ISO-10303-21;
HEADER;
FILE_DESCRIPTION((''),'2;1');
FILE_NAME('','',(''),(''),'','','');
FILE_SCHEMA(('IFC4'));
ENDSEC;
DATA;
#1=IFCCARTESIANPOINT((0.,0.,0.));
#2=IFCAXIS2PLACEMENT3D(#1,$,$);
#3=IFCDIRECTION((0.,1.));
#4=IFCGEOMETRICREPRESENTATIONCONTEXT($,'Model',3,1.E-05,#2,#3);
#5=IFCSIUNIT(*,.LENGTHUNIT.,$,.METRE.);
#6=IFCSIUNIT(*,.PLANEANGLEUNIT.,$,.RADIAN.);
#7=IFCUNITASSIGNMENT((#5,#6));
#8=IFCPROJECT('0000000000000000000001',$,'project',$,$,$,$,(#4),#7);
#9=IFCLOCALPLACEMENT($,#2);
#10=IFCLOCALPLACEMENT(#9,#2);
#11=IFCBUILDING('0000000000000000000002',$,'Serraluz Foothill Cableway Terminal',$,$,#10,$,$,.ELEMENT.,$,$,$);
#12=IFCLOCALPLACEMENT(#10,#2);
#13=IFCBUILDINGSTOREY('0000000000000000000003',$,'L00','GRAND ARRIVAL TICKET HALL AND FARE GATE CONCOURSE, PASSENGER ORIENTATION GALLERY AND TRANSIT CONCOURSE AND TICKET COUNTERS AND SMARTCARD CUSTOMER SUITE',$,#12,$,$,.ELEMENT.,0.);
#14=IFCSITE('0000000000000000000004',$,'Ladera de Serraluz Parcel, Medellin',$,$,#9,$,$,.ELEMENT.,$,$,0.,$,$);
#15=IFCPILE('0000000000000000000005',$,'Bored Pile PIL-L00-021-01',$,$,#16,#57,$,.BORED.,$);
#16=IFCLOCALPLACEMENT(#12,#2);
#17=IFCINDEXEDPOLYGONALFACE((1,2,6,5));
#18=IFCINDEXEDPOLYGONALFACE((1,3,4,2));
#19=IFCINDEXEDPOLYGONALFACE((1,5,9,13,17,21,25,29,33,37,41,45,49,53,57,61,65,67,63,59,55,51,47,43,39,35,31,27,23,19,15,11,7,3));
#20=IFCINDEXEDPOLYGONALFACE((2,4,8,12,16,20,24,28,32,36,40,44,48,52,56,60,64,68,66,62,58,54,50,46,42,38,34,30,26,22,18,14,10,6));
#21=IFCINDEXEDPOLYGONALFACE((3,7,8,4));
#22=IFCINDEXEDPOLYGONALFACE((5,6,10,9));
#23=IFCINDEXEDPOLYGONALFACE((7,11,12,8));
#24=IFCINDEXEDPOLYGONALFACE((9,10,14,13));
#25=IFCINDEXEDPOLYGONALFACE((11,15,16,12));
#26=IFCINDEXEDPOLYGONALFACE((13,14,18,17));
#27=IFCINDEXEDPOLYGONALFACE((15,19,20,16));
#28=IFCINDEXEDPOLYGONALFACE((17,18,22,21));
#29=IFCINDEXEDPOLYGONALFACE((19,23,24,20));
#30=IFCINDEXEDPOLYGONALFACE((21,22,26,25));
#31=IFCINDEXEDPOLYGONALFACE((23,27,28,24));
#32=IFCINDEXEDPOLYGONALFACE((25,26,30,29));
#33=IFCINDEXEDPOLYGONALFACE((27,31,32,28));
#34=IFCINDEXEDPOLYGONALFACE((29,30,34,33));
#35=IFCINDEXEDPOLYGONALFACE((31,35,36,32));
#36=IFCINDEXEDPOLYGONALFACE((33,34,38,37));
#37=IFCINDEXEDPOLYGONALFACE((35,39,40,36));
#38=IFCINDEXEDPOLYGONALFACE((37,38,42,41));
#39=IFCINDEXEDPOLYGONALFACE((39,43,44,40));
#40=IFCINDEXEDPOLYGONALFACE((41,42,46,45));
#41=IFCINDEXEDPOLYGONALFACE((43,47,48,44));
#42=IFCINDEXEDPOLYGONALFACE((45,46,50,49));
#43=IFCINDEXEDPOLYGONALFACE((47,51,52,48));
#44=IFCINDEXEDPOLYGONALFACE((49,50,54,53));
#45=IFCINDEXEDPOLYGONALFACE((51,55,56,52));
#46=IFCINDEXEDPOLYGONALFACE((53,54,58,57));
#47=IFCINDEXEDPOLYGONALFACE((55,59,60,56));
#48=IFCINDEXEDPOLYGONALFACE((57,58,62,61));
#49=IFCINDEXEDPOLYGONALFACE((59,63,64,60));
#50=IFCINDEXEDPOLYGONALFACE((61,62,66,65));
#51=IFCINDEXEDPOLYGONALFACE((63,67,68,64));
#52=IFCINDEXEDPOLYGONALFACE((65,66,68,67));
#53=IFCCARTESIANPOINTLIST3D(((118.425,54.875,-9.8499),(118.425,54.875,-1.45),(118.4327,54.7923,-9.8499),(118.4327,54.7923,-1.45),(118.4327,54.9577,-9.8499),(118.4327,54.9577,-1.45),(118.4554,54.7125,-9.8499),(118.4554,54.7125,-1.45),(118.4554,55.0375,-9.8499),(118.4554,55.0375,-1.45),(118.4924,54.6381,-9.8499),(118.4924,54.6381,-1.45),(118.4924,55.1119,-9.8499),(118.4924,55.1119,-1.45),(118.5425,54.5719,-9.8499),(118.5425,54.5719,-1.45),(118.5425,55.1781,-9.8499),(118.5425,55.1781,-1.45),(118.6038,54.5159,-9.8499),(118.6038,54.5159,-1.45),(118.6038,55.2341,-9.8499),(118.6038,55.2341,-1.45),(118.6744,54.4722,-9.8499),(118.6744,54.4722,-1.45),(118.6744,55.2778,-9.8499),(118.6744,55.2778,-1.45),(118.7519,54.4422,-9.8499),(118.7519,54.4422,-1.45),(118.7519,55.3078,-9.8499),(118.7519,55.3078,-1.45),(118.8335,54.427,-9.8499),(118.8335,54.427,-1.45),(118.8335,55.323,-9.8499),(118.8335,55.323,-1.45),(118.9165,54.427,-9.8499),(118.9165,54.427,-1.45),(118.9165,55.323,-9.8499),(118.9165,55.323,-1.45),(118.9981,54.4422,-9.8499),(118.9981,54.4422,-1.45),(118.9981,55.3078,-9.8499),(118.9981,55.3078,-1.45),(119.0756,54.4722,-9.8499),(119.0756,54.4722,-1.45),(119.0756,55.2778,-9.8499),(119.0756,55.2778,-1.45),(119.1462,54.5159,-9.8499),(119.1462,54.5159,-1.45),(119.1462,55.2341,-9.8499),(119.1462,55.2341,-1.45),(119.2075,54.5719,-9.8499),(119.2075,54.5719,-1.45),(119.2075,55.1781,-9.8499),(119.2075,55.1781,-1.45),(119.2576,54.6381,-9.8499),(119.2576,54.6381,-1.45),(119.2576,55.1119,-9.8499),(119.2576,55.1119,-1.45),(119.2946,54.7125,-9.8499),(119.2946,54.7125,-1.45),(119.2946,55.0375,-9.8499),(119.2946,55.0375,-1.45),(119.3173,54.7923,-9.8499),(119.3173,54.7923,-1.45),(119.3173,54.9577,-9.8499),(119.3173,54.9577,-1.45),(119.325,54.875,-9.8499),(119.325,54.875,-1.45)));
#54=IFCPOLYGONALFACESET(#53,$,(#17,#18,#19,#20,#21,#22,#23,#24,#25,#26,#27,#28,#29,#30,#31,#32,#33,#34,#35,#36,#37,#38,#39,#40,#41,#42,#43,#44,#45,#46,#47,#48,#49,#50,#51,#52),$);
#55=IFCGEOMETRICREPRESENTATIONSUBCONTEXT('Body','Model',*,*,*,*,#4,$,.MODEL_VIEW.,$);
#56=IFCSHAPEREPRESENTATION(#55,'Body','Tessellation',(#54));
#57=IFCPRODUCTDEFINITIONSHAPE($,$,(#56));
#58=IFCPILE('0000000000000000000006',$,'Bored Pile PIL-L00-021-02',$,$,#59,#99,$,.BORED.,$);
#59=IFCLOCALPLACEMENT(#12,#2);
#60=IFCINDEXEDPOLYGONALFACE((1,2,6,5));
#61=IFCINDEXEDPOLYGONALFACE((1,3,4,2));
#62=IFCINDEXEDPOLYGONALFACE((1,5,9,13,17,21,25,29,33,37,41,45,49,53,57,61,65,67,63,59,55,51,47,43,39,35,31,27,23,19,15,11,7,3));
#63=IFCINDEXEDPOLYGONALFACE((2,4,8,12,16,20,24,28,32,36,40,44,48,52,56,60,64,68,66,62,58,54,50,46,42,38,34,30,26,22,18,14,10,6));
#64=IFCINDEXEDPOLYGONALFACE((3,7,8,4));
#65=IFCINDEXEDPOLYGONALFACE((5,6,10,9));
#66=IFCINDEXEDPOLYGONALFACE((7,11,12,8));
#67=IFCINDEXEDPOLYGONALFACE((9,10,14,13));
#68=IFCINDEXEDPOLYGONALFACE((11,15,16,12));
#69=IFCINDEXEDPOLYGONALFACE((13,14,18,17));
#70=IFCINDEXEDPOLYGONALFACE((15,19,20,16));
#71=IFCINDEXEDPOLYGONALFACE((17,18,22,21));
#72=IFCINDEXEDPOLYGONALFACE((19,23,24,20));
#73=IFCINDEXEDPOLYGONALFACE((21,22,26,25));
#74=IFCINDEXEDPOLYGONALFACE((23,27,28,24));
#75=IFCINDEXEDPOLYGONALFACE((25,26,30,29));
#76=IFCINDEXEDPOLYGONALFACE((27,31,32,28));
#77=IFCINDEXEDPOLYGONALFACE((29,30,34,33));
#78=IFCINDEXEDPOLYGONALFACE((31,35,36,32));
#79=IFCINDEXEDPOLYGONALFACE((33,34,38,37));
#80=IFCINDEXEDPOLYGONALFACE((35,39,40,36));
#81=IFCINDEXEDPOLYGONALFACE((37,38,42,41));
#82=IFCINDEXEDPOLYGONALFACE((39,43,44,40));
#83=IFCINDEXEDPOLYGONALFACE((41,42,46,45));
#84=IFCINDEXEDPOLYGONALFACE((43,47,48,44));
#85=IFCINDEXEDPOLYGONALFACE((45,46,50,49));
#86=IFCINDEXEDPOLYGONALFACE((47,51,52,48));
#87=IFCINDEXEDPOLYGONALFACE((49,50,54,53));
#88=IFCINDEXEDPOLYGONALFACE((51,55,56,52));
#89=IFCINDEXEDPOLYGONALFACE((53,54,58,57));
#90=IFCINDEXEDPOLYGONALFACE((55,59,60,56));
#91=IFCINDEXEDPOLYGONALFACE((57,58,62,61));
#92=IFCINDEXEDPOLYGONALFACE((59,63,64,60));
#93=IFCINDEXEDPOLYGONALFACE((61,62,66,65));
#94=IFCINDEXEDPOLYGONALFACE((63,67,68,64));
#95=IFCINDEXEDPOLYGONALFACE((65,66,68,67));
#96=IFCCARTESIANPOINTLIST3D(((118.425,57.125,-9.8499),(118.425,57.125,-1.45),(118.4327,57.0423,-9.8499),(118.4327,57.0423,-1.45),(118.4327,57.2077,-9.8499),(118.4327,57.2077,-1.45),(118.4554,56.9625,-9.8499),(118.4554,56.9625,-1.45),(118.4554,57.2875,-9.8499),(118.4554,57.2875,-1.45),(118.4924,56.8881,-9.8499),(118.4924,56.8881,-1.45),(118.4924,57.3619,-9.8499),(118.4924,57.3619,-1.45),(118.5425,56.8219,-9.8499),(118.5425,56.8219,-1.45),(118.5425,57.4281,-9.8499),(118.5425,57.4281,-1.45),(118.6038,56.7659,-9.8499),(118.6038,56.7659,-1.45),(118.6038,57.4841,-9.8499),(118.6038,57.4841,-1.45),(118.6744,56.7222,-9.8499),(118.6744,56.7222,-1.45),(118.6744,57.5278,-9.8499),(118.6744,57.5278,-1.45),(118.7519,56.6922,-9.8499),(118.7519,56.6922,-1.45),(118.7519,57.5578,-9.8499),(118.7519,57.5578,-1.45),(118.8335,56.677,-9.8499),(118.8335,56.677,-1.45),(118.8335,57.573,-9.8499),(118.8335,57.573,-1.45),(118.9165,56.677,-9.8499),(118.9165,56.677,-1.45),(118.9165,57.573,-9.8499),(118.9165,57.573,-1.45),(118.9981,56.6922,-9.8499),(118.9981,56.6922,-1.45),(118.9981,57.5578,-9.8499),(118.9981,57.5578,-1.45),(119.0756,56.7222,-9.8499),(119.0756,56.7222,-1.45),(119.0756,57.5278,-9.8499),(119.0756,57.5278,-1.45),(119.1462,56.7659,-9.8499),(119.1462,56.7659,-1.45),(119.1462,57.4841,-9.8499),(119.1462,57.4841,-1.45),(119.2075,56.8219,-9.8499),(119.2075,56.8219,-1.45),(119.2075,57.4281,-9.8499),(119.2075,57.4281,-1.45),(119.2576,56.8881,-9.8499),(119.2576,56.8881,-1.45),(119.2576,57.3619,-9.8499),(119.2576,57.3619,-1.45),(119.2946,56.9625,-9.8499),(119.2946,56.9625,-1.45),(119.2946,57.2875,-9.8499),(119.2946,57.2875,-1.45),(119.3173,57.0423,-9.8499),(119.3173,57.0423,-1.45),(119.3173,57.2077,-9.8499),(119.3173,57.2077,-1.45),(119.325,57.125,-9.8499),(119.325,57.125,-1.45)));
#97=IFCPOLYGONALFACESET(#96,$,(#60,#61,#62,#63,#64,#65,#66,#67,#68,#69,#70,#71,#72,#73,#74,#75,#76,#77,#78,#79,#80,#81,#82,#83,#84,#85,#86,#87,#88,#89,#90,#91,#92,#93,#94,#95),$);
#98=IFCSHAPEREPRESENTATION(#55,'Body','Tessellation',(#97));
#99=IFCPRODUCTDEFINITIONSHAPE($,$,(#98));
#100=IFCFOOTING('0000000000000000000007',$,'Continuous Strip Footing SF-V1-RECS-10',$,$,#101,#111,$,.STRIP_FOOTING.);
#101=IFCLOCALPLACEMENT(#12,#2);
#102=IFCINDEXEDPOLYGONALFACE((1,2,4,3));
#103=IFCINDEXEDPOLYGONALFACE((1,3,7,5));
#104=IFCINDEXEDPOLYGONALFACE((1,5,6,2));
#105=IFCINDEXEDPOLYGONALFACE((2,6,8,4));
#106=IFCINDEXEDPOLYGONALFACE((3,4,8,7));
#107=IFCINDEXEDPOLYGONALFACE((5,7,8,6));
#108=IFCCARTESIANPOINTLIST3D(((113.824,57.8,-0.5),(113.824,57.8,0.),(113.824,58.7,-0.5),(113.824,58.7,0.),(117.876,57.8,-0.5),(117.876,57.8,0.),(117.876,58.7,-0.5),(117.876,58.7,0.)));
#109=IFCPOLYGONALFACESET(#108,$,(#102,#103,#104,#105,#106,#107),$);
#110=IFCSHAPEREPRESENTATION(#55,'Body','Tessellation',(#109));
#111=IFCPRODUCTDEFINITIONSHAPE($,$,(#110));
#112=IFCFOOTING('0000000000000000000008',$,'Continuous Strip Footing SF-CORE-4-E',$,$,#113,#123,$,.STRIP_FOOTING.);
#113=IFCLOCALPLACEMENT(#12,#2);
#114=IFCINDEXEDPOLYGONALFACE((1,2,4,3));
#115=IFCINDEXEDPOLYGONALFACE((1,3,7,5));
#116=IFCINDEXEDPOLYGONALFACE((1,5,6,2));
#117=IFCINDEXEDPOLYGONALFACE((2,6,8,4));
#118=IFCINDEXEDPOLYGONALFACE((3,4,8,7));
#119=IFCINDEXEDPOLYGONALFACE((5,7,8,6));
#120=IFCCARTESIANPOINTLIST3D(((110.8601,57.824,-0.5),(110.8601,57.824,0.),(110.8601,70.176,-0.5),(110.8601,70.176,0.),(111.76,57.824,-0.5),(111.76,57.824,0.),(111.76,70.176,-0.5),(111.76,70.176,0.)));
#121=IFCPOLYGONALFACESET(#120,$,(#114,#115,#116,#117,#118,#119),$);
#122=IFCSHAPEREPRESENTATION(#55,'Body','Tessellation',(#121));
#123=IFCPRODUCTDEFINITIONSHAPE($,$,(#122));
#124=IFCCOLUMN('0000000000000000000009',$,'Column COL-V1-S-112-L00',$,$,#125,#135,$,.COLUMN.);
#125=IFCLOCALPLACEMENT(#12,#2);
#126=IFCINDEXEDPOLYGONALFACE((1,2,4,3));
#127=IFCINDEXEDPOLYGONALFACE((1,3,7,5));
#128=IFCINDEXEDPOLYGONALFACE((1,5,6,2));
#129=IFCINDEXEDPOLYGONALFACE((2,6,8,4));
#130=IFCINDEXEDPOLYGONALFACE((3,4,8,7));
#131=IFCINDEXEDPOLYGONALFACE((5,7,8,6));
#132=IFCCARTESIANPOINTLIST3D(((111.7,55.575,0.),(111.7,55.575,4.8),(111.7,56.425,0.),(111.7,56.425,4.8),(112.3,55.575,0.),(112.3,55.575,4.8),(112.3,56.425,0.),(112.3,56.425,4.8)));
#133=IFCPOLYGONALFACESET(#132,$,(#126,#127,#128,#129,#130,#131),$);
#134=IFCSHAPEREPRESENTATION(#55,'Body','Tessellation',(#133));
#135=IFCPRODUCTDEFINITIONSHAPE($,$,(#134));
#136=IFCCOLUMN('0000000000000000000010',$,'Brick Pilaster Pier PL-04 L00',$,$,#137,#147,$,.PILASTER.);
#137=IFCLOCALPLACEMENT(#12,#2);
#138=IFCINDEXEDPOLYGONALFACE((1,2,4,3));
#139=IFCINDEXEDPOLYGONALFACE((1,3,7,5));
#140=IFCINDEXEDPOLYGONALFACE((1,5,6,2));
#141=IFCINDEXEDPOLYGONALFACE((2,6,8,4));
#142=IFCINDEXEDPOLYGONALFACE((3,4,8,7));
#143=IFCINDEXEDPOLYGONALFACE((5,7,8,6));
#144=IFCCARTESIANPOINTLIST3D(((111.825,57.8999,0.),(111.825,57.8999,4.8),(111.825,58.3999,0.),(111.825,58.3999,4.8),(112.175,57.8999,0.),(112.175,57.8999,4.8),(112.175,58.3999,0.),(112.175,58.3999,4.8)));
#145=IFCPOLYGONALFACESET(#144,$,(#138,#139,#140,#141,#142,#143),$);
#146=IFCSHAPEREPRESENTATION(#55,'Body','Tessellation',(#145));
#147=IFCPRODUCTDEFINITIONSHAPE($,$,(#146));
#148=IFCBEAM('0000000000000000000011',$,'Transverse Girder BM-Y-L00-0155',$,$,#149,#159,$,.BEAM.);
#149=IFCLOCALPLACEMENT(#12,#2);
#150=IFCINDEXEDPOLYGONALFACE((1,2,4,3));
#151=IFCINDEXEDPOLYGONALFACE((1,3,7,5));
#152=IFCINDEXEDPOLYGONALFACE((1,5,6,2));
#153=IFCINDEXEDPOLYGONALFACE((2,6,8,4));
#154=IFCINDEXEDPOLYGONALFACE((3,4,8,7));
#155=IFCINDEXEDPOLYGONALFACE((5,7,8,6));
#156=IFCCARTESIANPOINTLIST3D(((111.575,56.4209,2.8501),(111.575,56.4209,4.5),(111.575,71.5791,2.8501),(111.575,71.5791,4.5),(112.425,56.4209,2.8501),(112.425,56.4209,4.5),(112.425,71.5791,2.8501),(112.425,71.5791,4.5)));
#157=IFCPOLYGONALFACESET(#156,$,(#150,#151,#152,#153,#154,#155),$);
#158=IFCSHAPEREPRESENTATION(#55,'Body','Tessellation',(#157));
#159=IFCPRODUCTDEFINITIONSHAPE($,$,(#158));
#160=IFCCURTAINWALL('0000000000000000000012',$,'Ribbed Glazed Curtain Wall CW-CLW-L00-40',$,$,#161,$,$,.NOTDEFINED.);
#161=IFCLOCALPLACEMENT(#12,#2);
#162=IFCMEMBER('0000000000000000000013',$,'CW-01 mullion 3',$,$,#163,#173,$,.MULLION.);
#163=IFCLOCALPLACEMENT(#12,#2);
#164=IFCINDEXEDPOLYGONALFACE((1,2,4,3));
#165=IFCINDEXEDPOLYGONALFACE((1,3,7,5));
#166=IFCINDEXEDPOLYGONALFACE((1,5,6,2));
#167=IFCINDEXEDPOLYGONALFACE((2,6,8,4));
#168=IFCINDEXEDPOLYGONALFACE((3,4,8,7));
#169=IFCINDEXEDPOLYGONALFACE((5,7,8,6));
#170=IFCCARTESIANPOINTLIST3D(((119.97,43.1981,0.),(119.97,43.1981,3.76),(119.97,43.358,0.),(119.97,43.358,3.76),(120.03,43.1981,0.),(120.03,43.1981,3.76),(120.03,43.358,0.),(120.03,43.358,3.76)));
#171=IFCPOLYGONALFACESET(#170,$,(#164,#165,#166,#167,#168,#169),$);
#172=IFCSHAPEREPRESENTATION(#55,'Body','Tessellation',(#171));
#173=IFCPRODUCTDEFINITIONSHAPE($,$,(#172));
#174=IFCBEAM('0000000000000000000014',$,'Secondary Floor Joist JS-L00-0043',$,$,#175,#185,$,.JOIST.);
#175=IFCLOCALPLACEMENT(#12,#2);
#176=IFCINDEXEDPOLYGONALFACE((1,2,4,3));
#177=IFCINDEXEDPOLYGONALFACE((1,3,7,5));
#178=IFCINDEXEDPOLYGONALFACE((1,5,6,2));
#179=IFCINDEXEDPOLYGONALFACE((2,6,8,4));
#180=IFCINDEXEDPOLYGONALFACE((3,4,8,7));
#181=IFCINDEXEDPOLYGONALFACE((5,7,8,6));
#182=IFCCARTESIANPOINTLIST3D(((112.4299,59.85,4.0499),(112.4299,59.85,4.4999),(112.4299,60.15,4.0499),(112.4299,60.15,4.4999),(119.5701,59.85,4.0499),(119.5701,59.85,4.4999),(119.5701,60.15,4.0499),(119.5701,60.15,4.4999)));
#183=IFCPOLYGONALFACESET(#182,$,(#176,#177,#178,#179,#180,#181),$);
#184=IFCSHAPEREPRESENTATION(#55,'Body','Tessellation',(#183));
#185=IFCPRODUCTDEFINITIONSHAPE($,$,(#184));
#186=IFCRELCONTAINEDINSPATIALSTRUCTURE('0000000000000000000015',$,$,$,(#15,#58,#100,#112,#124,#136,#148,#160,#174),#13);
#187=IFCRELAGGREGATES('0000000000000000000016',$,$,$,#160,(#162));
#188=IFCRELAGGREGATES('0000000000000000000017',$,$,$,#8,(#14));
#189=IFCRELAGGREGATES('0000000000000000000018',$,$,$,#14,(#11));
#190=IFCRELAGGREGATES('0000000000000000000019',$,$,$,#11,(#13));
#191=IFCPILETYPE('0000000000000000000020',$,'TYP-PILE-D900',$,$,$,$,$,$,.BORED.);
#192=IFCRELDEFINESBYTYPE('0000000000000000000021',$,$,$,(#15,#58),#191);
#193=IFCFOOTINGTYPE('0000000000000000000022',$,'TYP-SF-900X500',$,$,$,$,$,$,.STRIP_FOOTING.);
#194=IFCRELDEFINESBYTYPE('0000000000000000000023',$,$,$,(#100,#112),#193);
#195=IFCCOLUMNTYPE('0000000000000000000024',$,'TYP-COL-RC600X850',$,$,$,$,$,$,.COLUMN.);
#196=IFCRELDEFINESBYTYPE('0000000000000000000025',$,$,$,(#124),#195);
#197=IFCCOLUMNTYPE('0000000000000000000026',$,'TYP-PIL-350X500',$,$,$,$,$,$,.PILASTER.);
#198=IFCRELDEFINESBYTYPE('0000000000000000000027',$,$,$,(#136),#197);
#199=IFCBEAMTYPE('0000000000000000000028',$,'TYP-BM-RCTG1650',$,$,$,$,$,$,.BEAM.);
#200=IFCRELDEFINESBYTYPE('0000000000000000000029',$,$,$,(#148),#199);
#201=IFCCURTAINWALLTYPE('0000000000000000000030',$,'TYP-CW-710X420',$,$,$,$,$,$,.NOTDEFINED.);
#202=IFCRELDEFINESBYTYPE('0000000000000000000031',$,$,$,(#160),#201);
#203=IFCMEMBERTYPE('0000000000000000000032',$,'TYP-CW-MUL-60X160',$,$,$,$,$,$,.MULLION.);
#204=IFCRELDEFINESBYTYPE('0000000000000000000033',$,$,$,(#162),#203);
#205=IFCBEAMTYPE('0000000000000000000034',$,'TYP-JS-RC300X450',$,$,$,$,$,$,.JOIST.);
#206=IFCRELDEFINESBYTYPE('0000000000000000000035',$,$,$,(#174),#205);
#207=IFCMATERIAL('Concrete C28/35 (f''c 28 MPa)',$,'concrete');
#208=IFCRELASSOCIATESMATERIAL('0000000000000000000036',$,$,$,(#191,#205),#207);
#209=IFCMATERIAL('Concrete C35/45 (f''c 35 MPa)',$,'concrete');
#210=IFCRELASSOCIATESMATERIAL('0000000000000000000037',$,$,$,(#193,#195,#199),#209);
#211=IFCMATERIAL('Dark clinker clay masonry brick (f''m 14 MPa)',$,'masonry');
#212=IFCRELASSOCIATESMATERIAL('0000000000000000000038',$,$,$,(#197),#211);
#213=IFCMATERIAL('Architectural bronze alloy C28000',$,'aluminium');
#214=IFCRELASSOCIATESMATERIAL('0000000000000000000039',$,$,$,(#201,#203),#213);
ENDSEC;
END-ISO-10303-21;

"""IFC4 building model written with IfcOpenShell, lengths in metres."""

from ifc_helpers import new_model, si_unit, direction, frame, origin, origin_2d, place, context, subcontext, project, spatial, rectangle, circle, extrude, material, material_profile, profile_set, type_object, element, aggregate, save


model = new_model("IFC4")

# Units and contexts
model_context = context("Model", 3, precision=1e-05, world=origin(), true_north=direction((0.0, 1.0)))
body_context = subcontext(model_context, "Body", "Model", "MODEL_VIEW")
ifc_project = project(units=[si_unit("LENGTHUNIT", "METRE"), si_unit("PLANEANGLEUNIT", "RADIAN")], contexts=[model_context])

# Site, building, storey
site_placement = place(None, origin())
site = spatial("IfcSite", under=ifc_project, at=site_placement, Name="Ladera de Serraluz Parcel, Medellin", CompositionType="ELEMENT", RefElevation=0.0)
building_placement = place(site_placement, origin())
building = spatial("IfcBuilding", under=site, at=building_placement, Name="Serraluz Foothill Cableway Terminal", CompositionType="ELEMENT")
storey_placement = place(building_placement, origin())
storey = spatial("IfcBuildingStorey", under=building, at=storey_placement, Name="L00", Description="GRAND ARRIVAL TICKET HALL AND FARE GATE CONCOURSE, PASSENGER ORIENTATION GALLERY AND TRANSIT CONCOURSE AND TICKET COUNTERS AND SMARTCARD CUSTOMER SUITE", CompositionType="ELEMENT", Elevation=0.0)

# Shared definitions
ifc_material_1 = material(Name="Concrete C35/45 (f'c 35 MPa)", Category="concrete")

# Piles
ifc_material_2 = material(Name="Concrete C28/35 (f'c 28 MPa)", Category="concrete")
ifc_material_profile_1 = material_profile(ifc_material_2, circle(Radius=0.45, at=origin_2d()), Name="BORED PILE D900")
ifc_profile_set_1 = profile_set([ifc_material_profile_1], Name="Concrete C28/35 (f'c 28 MPa)")
pile_type_1 = type_object("IfcPileType", Name="TYP-PILE-D900", PredefinedType="BORED", material=ifc_profile_set_1)
for number, where, z_axis, x_axis, name in (
    (1, (118.875, 54.875, -1.45), (0.0, 0.0, -1.0), (1.0, 0.0, 0.0), "Bored Pile PIL-L00-021-01"),
    (2, (118.875, 57.125, -1.45), (0.0, 0.0, -1.0), (1.0, 0.0, 0.0), "Bored Pile PIL-L00-021-02"),
):
    element("IfcPile", number, at=place(storey_placement, frame(where, z_axis=z_axis, x_axis=x_axis)), inside=storey, type_object=pile_type_1, Name=name, PredefinedType="BORED", context=body_context, shape_type="SweptSolid", body=[
        extrude(circle(Radius=0.45, at=origin_2d()), origin(), (0.0, 0.0, 1.0), 8.3999),
    ])

# Footings
ifc_material_profile_2 = material_profile(ifc_material_1, rectangle(XDim=0.8999, YDim=0.5, at=origin_2d()), Name="SF 900x500")
ifc_profile_set_2 = profile_set([ifc_material_profile_2], Name="Concrete C35/45 (f'c 35 MPa)")
footing_type_1 = type_object("IfcFootingType", Name="TYP-SF-900X500", PredefinedType="STRIP_FOOTING", material=ifc_profile_set_2)
footing_1_placement = place(storey_placement, frame((113.824, 58.25, -0.25), z_axis=(1.0, 0.0, 0.0), x_axis=(0.0, 1.0, 0.0)))
element("IfcFooting", 3, at=footing_1_placement, inside=storey, type_object=footing_type_1, Name="Continuous Strip Footing SF-V1-RECS-10", PredefinedType="STRIP_FOOTING", context=body_context, shape_type="SweptSolid", body=[
    extrude(rectangle(XDim=0.8999, YDim=0.5, at=origin_2d()), origin(), (0.0, 0.0, 1.0), 4.052),
])
footing_2_placement = place(storey_placement, frame((111.3101, 57.824, -0.25), z_axis=(0.0, 1.0, 0.0), x_axis=(-1.0, 0.0, 0.0)))
element("IfcFooting", 4, at=footing_2_placement, inside=storey, type_object=footing_type_1, Name="Continuous Strip Footing SF-CORE-4-E", PredefinedType="STRIP_FOOTING", context=body_context, shape_type="SweptSolid", body=[
    extrude(rectangle(XDim=0.8999, YDim=0.5, at=origin_2d()), origin(), (0.0, 0.0, 1.0), 12.3521),
])

# Columns
ifc_material_profile_3 = material_profile(ifc_material_1, rectangle(XDim=0.6001, YDim=0.8501, at=origin_2d()), Name="RC 600x850")
ifc_profile_set_3 = profile_set([ifc_material_profile_3], Name="Concrete C35/45 (f'c 35 MPa)")
column_type_1 = type_object("IfcColumnType", Name="TYP-COL-RC600X850", PredefinedType="COLUMN", material=ifc_profile_set_3)
column_1_placement = place(storey_placement, frame((112.0, 56.0, 0.0), z_axis=(0.0, 0.0, 1.0), x_axis=(1.0, 0.0, 0.0)))
element("IfcColumn", 5, at=column_1_placement, inside=storey, type_object=column_type_1, Name="Column COL-V1-S-112-L00", PredefinedType="COLUMN", context=body_context, shape_type="SweptSolid", body=[
    extrude(rectangle(XDim=0.6001, YDim=0.8501, at=origin_2d()), origin(), (0.0, 0.0, 1.0), 4.8),
])
ifc_material_3 = material(Name="Dark clinker clay masonry brick (f'm 14 MPa)", Category="masonry")
ifc_material_profile_4 = material_profile(ifc_material_3, rectangle(XDim=0.3501, YDim=0.5, at=origin_2d()), Name="PIL 350x500")
ifc_profile_set_4 = profile_set([ifc_material_profile_4], Name="Dark clinker clay masonry brick (f'm 14 MPa)")
column_type_2 = type_object("IfcColumnType", Name="TYP-PIL-350X500", PredefinedType="PILASTER", material=ifc_profile_set_4)
column_2_placement = place(storey_placement, frame((112.0, 58.1499, 0.0), z_axis=(0.0, 0.0, 1.0), x_axis=(1.0, 0.0, 0.0)))
element("IfcColumn", 6, at=column_2_placement, inside=storey, type_object=column_type_2, Name="Brick Pilaster Pier PL-04 L00", PredefinedType="PILASTER", context=body_context, shape_type="SweptSolid", body=[
    extrude(rectangle(XDim=0.3501, YDim=0.5, at=origin_2d()), origin(), (0.0, 0.0, 1.0), 4.8),
])

# Beam
ifc_material_profile_5 = material_profile(ifc_material_1, rectangle(XDim=0.8501, YDim=1.6499, at=origin_2d()), Name="RC TG 850x1650")
ifc_profile_set_5 = profile_set([ifc_material_profile_5], Name="Concrete C35/45 (f'c 35 MPa)")
beam_type_1 = type_object("IfcBeamType", Name="TYP-BM-RCTG1650", PredefinedType="BEAM", material=ifc_profile_set_5)
beam_1_placement = place(storey_placement, frame((112.0, 56.4209, 3.675), z_axis=(0.0, 1.0, 0.0), x_axis=(-1.0, 0.0, 0.0)))
element("IfcBeam", 7, at=beam_1_placement, inside=storey, type_object=beam_type_1, Name="Transverse Girder BM-Y-L00-0155", PredefinedType="BEAM", context=body_context, shape_type="SweptSolid", body=[
    extrude(rectangle(XDim=0.8501, YDim=1.6499, at=origin_2d()), origin(), (0.0, 0.0, 1.0), 15.1582),
])

# Curtain wall, member
ifc_material_4 = material(Name="Architectural bronze alloy C28000", Category="aluminium")
curtain_wall_type = type_object("IfcCurtainWallType", Name="TYP-CW-710X420", PredefinedType="NOTDEFINED", material=ifc_material_4)
curtain_wall_placement = place(storey_placement, origin())
curtain_wall = element("IfcCurtainWall", 8, at=curtain_wall_placement, inside=storey, type_object=curtain_wall_type, Name="Ribbed Glazed Curtain Wall CW-CLW-L00-40", PredefinedType="NOTDEFINED")
ifc_material_profile_6 = material_profile(ifc_material_4, rectangle(XDim=0.0601, YDim=0.1599, at=origin_2d()), Name="ALU MULLION 60x160")
ifc_profile_set_6 = profile_set([ifc_material_profile_6], Name="Architectural bronze alloy C28000")
member_type = type_object("IfcMemberType", Name="TYP-CW-MUL-60X160", PredefinedType="MULLION", material=ifc_profile_set_6)
member_placement = place(storey_placement, frame((120.0, 43.2781, 0.0), z_axis=(0.0, 0.0, 1.0), x_axis=(-1.0, 0.0, 0.0)))
member = element("IfcMember", 9, at=member_placement, type_object=member_type, Name="CW-01 mullion 3", PredefinedType="MULLION", context=body_context, shape_type="SweptSolid", body=[
    extrude(rectangle(XDim=0.0601, YDim=0.1599, at=origin_2d()), origin(), (0.0, 0.0, 1.0), 3.76),
])

# Beam
ifc_material_profile_7 = material_profile(ifc_material_2, rectangle(XDim=0.3, YDim=0.45, at=origin_2d()), Name="RC 300x450")
ifc_profile_set_7 = profile_set([ifc_material_profile_7], Name="Concrete C28/35 (f'c 28 MPa)")
beam_type_2 = type_object("IfcBeamType", Name="TYP-JS-RC300X450", PredefinedType="JOIST", material=ifc_profile_set_7)
beam_2_placement = place(storey_placement, frame((112.4299, 60.0, 4.2749), z_axis=(1.0, 0.0, 0.0), x_axis=(0.0, 1.0, 0.0)))
element("IfcBeam", 10, at=beam_2_placement, inside=storey, type_object=beam_type_2, Name="Secondary Floor Joist JS-L00-0043", PredefinedType="JOIST", context=body_context, shape_type="SweptSolid", body=[
    extrude(rectangle(XDim=0.3, YDim=0.45, at=origin_2d()), origin(), (0.0, 0.0, 1.0), 7.1401),
])

aggregate(curtain_wall, [member])

save(model, "model.ifc")
